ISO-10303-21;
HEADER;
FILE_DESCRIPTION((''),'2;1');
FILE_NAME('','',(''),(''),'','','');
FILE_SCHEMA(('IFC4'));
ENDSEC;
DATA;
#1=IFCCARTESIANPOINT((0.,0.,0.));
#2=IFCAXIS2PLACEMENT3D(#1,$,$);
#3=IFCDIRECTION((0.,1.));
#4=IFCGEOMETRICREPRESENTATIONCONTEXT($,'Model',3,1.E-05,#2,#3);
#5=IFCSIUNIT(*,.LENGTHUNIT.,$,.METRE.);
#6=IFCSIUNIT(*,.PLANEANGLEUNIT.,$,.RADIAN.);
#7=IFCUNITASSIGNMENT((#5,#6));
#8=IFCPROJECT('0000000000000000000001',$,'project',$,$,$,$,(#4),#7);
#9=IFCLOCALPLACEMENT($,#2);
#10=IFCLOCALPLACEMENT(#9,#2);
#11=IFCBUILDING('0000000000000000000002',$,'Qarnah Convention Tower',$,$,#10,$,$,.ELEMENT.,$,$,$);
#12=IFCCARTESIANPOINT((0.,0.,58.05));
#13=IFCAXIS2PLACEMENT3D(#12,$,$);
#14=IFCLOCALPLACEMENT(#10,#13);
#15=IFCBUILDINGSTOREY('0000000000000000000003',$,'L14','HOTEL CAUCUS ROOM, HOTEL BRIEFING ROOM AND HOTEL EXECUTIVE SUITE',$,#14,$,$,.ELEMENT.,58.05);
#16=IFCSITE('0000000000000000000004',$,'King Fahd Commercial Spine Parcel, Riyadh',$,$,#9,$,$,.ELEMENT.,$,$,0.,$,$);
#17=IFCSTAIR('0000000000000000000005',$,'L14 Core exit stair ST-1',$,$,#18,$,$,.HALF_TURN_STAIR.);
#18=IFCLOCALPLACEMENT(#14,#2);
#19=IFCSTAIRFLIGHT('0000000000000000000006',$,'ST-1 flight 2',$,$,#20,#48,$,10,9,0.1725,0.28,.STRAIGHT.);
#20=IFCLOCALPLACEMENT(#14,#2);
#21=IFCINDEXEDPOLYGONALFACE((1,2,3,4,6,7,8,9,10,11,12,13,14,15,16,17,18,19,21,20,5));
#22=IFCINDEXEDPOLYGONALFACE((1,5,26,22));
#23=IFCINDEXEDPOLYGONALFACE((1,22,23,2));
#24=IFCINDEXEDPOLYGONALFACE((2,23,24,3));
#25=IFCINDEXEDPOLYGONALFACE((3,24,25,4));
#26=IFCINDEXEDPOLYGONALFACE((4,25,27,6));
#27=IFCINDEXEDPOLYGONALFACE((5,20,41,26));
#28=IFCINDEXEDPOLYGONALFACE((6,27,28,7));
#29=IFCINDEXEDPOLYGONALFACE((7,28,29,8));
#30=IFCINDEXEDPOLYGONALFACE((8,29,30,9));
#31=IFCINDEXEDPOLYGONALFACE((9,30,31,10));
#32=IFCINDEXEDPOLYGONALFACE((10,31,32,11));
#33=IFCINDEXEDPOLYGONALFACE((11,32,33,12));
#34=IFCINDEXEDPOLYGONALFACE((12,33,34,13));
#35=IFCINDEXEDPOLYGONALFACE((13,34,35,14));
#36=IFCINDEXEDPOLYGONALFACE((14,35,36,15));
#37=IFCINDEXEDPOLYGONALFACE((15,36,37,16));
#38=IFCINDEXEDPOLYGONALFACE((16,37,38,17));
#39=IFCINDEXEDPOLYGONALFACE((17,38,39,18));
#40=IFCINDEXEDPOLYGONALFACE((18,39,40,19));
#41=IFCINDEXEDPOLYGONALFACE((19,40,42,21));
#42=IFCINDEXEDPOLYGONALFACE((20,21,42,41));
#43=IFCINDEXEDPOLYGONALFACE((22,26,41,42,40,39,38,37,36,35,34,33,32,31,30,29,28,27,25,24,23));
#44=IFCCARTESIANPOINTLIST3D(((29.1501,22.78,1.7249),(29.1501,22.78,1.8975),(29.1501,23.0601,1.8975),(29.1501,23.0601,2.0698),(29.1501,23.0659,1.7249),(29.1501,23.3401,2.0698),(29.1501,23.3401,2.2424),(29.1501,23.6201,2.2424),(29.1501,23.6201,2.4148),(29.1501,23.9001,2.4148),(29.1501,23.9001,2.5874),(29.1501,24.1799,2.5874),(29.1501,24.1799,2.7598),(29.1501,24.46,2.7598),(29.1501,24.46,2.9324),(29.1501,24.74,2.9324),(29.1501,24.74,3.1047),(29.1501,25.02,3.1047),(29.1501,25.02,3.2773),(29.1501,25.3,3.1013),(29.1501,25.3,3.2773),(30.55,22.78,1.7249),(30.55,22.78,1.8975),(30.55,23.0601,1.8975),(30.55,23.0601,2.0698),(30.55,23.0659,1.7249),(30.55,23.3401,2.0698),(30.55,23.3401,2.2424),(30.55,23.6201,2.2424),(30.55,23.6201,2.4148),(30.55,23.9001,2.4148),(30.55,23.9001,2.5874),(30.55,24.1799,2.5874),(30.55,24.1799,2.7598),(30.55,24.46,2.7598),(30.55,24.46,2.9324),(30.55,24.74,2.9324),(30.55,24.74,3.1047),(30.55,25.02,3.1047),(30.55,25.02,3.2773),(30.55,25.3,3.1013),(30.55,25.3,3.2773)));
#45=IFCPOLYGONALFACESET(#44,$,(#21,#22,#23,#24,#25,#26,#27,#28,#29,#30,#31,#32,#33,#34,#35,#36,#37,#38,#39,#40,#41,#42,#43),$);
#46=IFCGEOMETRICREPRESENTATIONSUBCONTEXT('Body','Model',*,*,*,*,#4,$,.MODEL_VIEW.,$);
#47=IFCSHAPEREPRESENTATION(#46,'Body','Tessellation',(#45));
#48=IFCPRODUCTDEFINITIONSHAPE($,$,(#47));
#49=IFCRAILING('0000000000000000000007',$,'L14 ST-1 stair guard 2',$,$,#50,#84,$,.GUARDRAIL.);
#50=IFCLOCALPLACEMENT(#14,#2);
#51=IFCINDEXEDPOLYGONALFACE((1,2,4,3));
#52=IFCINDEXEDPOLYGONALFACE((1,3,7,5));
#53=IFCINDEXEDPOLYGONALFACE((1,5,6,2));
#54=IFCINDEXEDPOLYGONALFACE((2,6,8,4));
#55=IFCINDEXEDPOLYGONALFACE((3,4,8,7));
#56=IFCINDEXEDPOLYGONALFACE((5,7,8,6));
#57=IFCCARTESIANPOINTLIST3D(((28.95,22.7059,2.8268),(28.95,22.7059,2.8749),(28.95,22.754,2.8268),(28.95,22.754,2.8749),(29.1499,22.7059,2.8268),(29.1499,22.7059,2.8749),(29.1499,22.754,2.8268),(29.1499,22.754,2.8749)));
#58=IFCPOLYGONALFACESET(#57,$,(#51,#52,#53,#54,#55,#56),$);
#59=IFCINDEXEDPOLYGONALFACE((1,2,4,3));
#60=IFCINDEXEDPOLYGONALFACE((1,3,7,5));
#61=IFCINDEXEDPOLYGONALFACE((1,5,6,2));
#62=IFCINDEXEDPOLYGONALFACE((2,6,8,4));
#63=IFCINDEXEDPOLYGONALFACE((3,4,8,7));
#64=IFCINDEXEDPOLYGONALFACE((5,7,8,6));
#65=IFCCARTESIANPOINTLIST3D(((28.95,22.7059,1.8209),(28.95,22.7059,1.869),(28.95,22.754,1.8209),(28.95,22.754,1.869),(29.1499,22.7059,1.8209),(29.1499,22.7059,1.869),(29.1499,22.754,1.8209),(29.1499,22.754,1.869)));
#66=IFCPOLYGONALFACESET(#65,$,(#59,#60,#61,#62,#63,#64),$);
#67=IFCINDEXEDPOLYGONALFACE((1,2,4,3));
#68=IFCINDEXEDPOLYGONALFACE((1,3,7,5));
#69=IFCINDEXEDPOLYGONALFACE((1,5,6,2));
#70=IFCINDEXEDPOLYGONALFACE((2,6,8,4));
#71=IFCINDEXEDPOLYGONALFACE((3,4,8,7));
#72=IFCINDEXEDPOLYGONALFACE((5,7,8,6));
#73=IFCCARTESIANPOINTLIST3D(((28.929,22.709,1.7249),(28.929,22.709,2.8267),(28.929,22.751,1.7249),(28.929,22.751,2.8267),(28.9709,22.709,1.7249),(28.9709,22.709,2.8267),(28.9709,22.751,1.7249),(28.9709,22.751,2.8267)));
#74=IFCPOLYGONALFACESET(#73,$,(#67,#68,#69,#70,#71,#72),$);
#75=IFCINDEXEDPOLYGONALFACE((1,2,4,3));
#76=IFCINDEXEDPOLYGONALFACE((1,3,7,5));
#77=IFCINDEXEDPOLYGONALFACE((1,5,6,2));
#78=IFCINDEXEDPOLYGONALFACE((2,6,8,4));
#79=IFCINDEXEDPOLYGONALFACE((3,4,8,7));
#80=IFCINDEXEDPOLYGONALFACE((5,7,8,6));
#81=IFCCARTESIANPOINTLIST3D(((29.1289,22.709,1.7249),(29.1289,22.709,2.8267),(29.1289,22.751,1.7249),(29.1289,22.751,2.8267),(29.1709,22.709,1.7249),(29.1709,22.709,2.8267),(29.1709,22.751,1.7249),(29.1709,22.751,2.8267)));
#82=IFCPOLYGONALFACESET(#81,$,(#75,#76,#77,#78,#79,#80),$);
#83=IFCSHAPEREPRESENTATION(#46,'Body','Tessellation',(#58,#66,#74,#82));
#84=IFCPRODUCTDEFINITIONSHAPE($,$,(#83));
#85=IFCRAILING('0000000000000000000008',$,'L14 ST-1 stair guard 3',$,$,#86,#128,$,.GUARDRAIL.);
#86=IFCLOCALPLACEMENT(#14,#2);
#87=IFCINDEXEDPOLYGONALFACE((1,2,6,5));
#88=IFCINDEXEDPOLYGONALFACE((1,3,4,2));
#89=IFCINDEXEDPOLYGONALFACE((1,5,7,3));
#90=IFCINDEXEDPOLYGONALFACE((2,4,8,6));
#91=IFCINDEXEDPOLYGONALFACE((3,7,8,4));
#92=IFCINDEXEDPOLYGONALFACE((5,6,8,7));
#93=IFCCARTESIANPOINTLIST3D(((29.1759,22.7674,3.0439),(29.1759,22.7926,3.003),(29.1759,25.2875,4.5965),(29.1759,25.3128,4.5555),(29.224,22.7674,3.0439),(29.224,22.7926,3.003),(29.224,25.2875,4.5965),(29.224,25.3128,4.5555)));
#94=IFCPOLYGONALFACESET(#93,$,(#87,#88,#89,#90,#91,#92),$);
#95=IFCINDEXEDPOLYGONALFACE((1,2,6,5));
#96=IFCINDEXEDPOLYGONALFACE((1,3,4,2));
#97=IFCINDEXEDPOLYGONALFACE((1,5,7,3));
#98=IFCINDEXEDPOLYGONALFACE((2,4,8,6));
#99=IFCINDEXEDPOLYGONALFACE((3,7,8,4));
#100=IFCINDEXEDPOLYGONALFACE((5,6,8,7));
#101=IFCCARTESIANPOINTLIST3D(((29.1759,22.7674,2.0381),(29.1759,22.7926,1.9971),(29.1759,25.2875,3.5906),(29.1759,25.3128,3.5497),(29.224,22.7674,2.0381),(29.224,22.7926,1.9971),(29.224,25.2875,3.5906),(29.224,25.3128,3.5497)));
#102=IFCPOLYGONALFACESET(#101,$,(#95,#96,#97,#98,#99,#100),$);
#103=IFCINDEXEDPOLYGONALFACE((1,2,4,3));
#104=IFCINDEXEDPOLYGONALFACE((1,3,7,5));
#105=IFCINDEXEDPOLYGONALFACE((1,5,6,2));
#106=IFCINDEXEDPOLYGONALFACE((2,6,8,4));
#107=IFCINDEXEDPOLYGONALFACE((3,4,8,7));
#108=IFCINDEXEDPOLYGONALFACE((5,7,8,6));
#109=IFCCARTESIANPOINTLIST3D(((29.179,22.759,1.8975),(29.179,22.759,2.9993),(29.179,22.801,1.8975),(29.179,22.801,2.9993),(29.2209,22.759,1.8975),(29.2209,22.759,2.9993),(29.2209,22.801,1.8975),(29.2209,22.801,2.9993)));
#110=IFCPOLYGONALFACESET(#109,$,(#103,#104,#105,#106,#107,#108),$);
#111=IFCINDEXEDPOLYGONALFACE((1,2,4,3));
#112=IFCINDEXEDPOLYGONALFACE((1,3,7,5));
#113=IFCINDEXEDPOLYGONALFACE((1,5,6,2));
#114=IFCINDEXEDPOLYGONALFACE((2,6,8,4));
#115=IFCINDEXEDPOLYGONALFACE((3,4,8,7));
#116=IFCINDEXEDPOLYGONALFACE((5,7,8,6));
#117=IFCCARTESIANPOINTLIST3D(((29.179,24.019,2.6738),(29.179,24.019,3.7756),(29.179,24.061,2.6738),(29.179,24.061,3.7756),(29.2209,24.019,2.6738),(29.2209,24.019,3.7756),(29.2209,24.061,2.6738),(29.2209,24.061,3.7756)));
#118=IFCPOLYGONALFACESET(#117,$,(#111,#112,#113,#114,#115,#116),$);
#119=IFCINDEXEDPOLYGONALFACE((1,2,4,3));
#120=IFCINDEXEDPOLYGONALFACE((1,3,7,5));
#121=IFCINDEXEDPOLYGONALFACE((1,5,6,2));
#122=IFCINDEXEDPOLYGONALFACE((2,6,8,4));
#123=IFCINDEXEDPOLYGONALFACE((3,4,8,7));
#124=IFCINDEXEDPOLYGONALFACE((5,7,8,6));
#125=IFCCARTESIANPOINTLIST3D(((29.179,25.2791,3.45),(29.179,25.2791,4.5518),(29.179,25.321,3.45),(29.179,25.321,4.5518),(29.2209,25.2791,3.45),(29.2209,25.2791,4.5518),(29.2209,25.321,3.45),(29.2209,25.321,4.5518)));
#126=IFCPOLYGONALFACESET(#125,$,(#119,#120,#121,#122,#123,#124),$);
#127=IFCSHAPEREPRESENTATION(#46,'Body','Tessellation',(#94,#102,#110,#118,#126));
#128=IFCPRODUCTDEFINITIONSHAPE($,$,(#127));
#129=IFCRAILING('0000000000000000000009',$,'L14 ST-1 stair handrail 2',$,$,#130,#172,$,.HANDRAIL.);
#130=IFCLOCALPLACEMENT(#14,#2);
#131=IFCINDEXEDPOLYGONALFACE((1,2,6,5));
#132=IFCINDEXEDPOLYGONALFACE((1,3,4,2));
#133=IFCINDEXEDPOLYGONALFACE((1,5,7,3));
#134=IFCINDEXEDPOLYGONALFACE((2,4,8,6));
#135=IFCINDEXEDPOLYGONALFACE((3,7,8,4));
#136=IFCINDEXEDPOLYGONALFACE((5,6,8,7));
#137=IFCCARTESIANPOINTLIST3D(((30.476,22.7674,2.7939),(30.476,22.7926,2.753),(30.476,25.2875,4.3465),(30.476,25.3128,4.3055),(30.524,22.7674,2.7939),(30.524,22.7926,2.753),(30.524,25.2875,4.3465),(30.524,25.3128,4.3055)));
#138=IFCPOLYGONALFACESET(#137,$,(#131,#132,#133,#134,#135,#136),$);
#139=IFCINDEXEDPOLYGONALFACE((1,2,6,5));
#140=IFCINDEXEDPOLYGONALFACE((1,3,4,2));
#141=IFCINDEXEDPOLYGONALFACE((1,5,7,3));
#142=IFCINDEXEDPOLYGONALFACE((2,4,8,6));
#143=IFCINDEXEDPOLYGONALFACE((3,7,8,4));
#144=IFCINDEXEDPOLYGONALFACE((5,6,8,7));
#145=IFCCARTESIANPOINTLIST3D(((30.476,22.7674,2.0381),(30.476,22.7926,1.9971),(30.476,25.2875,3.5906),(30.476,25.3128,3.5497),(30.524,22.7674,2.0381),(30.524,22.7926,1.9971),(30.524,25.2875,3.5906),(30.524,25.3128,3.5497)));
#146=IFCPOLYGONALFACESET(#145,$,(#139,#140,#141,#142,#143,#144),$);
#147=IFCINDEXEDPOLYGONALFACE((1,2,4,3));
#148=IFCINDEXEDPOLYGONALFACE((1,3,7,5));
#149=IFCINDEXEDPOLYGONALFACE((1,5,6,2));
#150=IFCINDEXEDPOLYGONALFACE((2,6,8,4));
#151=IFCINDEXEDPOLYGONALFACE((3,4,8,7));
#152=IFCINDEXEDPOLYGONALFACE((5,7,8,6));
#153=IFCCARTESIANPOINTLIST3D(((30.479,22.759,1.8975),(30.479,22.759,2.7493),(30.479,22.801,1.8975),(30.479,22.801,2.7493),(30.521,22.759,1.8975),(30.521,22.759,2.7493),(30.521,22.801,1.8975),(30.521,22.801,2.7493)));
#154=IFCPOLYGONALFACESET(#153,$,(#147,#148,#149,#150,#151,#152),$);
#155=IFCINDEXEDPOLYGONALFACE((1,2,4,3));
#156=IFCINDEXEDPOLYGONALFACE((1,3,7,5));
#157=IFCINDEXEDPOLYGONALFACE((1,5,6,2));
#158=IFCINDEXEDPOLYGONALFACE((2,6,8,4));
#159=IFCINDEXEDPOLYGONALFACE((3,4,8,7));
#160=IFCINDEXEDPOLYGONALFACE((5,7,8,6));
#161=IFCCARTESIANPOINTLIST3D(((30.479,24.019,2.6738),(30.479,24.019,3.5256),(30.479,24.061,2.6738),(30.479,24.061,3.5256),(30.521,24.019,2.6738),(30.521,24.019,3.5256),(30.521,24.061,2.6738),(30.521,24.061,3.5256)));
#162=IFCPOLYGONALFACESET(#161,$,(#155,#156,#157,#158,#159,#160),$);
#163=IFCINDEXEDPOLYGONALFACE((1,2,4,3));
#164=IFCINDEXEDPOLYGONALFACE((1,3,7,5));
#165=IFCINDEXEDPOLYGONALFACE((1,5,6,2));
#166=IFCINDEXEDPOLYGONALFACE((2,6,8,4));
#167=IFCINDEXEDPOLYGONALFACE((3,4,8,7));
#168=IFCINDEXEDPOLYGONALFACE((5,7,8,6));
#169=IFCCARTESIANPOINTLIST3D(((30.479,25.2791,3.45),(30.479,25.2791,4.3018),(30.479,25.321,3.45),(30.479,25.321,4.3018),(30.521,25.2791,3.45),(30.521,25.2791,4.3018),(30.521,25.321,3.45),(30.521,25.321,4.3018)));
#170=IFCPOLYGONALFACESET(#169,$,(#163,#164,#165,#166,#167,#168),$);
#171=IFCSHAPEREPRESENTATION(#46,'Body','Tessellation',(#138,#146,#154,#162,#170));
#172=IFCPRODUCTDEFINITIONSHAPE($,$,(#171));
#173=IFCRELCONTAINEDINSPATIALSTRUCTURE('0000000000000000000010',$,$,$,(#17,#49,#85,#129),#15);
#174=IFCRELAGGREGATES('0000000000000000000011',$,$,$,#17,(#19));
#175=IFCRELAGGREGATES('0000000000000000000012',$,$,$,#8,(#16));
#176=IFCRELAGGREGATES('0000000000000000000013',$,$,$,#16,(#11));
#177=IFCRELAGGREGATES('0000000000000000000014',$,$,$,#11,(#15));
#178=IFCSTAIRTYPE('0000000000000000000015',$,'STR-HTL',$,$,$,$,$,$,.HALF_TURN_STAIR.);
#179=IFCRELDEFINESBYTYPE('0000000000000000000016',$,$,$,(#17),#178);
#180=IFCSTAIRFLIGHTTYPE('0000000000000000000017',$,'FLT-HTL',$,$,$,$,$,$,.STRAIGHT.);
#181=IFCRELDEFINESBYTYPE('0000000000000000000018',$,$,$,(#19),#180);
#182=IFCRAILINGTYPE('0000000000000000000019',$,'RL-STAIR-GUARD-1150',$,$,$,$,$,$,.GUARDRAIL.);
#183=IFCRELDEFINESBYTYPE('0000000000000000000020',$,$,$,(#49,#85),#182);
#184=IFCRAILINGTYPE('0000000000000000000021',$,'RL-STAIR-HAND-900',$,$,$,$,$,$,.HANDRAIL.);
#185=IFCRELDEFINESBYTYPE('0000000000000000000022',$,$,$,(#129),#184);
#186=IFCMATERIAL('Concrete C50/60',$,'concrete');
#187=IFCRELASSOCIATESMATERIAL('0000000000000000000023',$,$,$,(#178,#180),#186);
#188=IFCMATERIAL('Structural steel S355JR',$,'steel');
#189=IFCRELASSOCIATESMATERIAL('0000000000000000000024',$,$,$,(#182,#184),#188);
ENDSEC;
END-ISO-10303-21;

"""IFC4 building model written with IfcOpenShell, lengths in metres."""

from ifc_helpers import new_model, si_unit, direction, frame, origin, origin_2d, place, context, subcontext, project, spatial, polyline, rectangle, outline, extrude, material, type_object, element, aggregate, save


model = new_model("IFC4")

# Units and contexts
model_context = context("Model", 3, precision=1e-05, world=origin(), true_north=direction((0.0, 1.0)))
body_context = subcontext(model_context, "Body", "Model", "MODEL_VIEW")
ifc_project = project(units=[si_unit("LENGTHUNIT", "METRE"), si_unit("PLANEANGLEUNIT", "RADIAN")], contexts=[model_context])

# Site, building, storey
site_placement = place(None, origin())
site = spatial("IfcSite", under=ifc_project, at=site_placement, Name="King Fahd Commercial Spine Parcel, Riyadh", CompositionType="ELEMENT", RefElevation=0.0)
building_placement = place(site_placement, origin())
building = spatial("IfcBuilding", under=site, at=building_placement, Name="Qarnah Convention Tower", CompositionType="ELEMENT")
storey_placement = place(building_placement, frame((0.0, 0.0, 58.05)))
storey = spatial("IfcBuildingStorey", under=building, at=storey_placement, Name="L14", Description="HOTEL CAUCUS ROOM, HOTEL BRIEFING ROOM AND HOTEL EXECUTIVE SUITE", CompositionType="ELEMENT", Elevation=58.05)

# Shared definitions
ifc_material_1 = material(Name="Structural steel S355JR", Category="steel")

# Stair, stair flight
ifc_material_2 = material(Name="Concrete C50/60", Category="concrete")
stair_type = type_object("IfcStairType", Name="STR-HTL", PredefinedType="HALF_TURN_STAIR", material=ifc_material_2)
stair_placement = place(storey_placement, origin())
stair = element("IfcStair", 1, at=stair_placement, inside=storey, type_object=stair_type, Name="L14 Core exit stair ST-1", PredefinedType="HALF_TURN_STAIR")
stair_flight_type = type_object("IfcStairFlightType", Name="FLT-HTL", PredefinedType="STRAIGHT", material=ifc_material_2)
stair_flight_placement = place(storey_placement, frame((29.8501, 22.78, 1.7249), z_axis=(0.0, 0.0, 1.0), x_axis=(0.0, 1.0, 0.0)))
stair_flight = element("IfcStairFlight", 2, at=stair_flight_placement, type_object=stair_flight_type, Name="ST-1 flight 2", NumberOfRisers=10, NumberOfTreads=9, PredefinedType="STRAIGHT", RiserHeight=0.1725, TreadLength=0.28, context=body_context, shape_type="SweptSolid", body=[
    extrude(outline(polyline([(0.0, 0.0), (0.0, 0.1726), (0.28, 0.1726), (0.28, 0.345), (0.5601, 0.345), (0.5601, 0.5176), (0.8401, 0.5176), (0.8401, 0.6899), (1.1201, 0.6899), (1.1201, 0.8625), (1.3999, 0.8625), (1.3999, 1.0349), (1.6799, 1.0349), (1.6799, 1.2075), (1.96, 1.2075), (1.96, 1.3799), (2.24, 1.3799), (2.24, 1.5525), (2.52, 1.5525), (2.52, 1.7251), (2.52, 1.3765), (0.2859, 0.0), (0.0, 0.0)])), frame((0.0, 0.7, 0.0), z_axis=(0.0, -1.0, 0.0), x_axis=(1.0, 0.0, 0.0)), (0.0, 0.0, 1.0), 1.3999),
])
aggregate(stair, [stair_flight])

# Railings
railing_type_1 = type_object("IfcRailingType", Name="RL-STAIR-GUARD-1150", PredefinedType="GUARDRAIL", material=ifc_material_1)
railing_1_placement = place(storey_placement, frame((28.95, 22.73, 1.7249)))
element("IfcRailing", 3, at=railing_1_placement, inside=storey, type_object=railing_type_1, Name="L14 ST-1 stair guard 2", PredefinedType="GUARDRAIL", context=body_context, shape_type="SweptSolid", body=[
    extrude(rectangle(XDim=0.0481, YDim=0.0481, at=origin_2d()), frame((0.0, 0.0, 1.126), z_axis=(1.0, 0.0, 0.0), x_axis=(0.0, 1.0, 0.0)), (0.0, 0.0, 1.0), 0.2),
    extrude(rectangle(XDim=0.0481, YDim=0.0481, at=origin_2d()), frame((0.0, 0.0, 0.1201), z_axis=(1.0, 0.0, 0.0), x_axis=(0.0, 1.0, 0.0)), (0.0, 0.0, 1.0), 0.2),
    extrude(rectangle(XDim=0.042, YDim=0.042, at=origin_2d()), origin(), (0.0, 0.0, 1.0), 1.1018),
    extrude(rectangle(XDim=0.042, YDim=0.042, at=origin_2d()), frame((0.2, 0.0, 0.0)), (0.0, 0.0, 1.0), 1.1018),
])
railing_2_placement = place(storey_placement, frame((29.2, 22.78, 1.8975)))
element("IfcRailing", 4, at=railing_2_placement, inside=storey, type_object=railing_type_1, Name="L14 ST-1 stair guard 3", PredefinedType="GUARDRAIL", context=body_context, shape_type="SweptSolid", body=[
    extrude(rectangle(XDim=0.0481, YDim=0.0481, at=origin_2d()), frame((0.0, 0.0, 1.126), z_axis=(0.0, 0.8514, 0.524516), x_axis=(-1.0, 0.0, 0.0)), (0.0, 0.0, 1.0), 2.96),
    extrude(rectangle(XDim=0.0481, YDim=0.0481, at=origin_2d()), frame((0.0, 0.0, 0.1201), z_axis=(0.0, 0.8514, 0.524516), x_axis=(-1.0, 0.0, 0.0)), (0.0, 0.0, 1.0), 2.96),
    extrude(rectangle(XDim=0.042, YDim=0.042, at=origin_2d()), origin(), (0.0, 0.0, 1.0), 1.1018),
    extrude(rectangle(XDim=0.042, YDim=0.042, at=origin_2d()), frame((0.0, 1.26, 0.7764)), (0.0, 0.0, 1.0), 1.1018),
    extrude(rectangle(XDim=0.042, YDim=0.042, at=origin_2d()), frame((0.0, 2.52, 1.5525)), (0.0, 0.0, 1.0), 1.1018),
])
railing_type_2 = type_object("IfcRailingType", Name="RL-STAIR-HAND-900", PredefinedType="HANDRAIL", material=ifc_material_1)
railing_3_placement = place(storey_placement, frame((30.5, 22.78, 1.8975)))
element("IfcRailing", 5, at=railing_3_placement, inside=storey, type_object=railing_type_2, Name="L14 ST-1 stair handrail 2", PredefinedType="HANDRAIL", context=body_context, shape_type="SweptSolid", body=[
    extrude(rectangle(XDim=0.0481, YDim=0.0481, at=origin_2d()), frame((0.0, 0.0, 0.876), z_axis=(0.0, 0.8514, 0.524516), x_axis=(-1.0, 0.0, 0.0)), (0.0, 0.0, 1.0), 2.96),
    extrude(rectangle(XDim=0.0481, YDim=0.0481, at=origin_2d()), frame((0.0, 0.0, 0.1201), z_axis=(0.0, 0.8514, 0.524516), x_axis=(-1.0, 0.0, 0.0)), (0.0, 0.0, 1.0), 2.96),
    extrude(rectangle(XDim=0.042, YDim=0.042, at=origin_2d()), origin(), (0.0, 0.0, 1.0), 0.8518),
    extrude(rectangle(XDim=0.042, YDim=0.042, at=origin_2d()), frame((0.0, 1.26, 0.7764)), (0.0, 0.0, 1.0), 0.8518),
    extrude(rectangle(XDim=0.042, YDim=0.042, at=origin_2d()), frame((0.0, 2.52, 1.5525)), (0.0, 0.0, 1.0), 0.8518),
])

save(model, "model.ifc")
